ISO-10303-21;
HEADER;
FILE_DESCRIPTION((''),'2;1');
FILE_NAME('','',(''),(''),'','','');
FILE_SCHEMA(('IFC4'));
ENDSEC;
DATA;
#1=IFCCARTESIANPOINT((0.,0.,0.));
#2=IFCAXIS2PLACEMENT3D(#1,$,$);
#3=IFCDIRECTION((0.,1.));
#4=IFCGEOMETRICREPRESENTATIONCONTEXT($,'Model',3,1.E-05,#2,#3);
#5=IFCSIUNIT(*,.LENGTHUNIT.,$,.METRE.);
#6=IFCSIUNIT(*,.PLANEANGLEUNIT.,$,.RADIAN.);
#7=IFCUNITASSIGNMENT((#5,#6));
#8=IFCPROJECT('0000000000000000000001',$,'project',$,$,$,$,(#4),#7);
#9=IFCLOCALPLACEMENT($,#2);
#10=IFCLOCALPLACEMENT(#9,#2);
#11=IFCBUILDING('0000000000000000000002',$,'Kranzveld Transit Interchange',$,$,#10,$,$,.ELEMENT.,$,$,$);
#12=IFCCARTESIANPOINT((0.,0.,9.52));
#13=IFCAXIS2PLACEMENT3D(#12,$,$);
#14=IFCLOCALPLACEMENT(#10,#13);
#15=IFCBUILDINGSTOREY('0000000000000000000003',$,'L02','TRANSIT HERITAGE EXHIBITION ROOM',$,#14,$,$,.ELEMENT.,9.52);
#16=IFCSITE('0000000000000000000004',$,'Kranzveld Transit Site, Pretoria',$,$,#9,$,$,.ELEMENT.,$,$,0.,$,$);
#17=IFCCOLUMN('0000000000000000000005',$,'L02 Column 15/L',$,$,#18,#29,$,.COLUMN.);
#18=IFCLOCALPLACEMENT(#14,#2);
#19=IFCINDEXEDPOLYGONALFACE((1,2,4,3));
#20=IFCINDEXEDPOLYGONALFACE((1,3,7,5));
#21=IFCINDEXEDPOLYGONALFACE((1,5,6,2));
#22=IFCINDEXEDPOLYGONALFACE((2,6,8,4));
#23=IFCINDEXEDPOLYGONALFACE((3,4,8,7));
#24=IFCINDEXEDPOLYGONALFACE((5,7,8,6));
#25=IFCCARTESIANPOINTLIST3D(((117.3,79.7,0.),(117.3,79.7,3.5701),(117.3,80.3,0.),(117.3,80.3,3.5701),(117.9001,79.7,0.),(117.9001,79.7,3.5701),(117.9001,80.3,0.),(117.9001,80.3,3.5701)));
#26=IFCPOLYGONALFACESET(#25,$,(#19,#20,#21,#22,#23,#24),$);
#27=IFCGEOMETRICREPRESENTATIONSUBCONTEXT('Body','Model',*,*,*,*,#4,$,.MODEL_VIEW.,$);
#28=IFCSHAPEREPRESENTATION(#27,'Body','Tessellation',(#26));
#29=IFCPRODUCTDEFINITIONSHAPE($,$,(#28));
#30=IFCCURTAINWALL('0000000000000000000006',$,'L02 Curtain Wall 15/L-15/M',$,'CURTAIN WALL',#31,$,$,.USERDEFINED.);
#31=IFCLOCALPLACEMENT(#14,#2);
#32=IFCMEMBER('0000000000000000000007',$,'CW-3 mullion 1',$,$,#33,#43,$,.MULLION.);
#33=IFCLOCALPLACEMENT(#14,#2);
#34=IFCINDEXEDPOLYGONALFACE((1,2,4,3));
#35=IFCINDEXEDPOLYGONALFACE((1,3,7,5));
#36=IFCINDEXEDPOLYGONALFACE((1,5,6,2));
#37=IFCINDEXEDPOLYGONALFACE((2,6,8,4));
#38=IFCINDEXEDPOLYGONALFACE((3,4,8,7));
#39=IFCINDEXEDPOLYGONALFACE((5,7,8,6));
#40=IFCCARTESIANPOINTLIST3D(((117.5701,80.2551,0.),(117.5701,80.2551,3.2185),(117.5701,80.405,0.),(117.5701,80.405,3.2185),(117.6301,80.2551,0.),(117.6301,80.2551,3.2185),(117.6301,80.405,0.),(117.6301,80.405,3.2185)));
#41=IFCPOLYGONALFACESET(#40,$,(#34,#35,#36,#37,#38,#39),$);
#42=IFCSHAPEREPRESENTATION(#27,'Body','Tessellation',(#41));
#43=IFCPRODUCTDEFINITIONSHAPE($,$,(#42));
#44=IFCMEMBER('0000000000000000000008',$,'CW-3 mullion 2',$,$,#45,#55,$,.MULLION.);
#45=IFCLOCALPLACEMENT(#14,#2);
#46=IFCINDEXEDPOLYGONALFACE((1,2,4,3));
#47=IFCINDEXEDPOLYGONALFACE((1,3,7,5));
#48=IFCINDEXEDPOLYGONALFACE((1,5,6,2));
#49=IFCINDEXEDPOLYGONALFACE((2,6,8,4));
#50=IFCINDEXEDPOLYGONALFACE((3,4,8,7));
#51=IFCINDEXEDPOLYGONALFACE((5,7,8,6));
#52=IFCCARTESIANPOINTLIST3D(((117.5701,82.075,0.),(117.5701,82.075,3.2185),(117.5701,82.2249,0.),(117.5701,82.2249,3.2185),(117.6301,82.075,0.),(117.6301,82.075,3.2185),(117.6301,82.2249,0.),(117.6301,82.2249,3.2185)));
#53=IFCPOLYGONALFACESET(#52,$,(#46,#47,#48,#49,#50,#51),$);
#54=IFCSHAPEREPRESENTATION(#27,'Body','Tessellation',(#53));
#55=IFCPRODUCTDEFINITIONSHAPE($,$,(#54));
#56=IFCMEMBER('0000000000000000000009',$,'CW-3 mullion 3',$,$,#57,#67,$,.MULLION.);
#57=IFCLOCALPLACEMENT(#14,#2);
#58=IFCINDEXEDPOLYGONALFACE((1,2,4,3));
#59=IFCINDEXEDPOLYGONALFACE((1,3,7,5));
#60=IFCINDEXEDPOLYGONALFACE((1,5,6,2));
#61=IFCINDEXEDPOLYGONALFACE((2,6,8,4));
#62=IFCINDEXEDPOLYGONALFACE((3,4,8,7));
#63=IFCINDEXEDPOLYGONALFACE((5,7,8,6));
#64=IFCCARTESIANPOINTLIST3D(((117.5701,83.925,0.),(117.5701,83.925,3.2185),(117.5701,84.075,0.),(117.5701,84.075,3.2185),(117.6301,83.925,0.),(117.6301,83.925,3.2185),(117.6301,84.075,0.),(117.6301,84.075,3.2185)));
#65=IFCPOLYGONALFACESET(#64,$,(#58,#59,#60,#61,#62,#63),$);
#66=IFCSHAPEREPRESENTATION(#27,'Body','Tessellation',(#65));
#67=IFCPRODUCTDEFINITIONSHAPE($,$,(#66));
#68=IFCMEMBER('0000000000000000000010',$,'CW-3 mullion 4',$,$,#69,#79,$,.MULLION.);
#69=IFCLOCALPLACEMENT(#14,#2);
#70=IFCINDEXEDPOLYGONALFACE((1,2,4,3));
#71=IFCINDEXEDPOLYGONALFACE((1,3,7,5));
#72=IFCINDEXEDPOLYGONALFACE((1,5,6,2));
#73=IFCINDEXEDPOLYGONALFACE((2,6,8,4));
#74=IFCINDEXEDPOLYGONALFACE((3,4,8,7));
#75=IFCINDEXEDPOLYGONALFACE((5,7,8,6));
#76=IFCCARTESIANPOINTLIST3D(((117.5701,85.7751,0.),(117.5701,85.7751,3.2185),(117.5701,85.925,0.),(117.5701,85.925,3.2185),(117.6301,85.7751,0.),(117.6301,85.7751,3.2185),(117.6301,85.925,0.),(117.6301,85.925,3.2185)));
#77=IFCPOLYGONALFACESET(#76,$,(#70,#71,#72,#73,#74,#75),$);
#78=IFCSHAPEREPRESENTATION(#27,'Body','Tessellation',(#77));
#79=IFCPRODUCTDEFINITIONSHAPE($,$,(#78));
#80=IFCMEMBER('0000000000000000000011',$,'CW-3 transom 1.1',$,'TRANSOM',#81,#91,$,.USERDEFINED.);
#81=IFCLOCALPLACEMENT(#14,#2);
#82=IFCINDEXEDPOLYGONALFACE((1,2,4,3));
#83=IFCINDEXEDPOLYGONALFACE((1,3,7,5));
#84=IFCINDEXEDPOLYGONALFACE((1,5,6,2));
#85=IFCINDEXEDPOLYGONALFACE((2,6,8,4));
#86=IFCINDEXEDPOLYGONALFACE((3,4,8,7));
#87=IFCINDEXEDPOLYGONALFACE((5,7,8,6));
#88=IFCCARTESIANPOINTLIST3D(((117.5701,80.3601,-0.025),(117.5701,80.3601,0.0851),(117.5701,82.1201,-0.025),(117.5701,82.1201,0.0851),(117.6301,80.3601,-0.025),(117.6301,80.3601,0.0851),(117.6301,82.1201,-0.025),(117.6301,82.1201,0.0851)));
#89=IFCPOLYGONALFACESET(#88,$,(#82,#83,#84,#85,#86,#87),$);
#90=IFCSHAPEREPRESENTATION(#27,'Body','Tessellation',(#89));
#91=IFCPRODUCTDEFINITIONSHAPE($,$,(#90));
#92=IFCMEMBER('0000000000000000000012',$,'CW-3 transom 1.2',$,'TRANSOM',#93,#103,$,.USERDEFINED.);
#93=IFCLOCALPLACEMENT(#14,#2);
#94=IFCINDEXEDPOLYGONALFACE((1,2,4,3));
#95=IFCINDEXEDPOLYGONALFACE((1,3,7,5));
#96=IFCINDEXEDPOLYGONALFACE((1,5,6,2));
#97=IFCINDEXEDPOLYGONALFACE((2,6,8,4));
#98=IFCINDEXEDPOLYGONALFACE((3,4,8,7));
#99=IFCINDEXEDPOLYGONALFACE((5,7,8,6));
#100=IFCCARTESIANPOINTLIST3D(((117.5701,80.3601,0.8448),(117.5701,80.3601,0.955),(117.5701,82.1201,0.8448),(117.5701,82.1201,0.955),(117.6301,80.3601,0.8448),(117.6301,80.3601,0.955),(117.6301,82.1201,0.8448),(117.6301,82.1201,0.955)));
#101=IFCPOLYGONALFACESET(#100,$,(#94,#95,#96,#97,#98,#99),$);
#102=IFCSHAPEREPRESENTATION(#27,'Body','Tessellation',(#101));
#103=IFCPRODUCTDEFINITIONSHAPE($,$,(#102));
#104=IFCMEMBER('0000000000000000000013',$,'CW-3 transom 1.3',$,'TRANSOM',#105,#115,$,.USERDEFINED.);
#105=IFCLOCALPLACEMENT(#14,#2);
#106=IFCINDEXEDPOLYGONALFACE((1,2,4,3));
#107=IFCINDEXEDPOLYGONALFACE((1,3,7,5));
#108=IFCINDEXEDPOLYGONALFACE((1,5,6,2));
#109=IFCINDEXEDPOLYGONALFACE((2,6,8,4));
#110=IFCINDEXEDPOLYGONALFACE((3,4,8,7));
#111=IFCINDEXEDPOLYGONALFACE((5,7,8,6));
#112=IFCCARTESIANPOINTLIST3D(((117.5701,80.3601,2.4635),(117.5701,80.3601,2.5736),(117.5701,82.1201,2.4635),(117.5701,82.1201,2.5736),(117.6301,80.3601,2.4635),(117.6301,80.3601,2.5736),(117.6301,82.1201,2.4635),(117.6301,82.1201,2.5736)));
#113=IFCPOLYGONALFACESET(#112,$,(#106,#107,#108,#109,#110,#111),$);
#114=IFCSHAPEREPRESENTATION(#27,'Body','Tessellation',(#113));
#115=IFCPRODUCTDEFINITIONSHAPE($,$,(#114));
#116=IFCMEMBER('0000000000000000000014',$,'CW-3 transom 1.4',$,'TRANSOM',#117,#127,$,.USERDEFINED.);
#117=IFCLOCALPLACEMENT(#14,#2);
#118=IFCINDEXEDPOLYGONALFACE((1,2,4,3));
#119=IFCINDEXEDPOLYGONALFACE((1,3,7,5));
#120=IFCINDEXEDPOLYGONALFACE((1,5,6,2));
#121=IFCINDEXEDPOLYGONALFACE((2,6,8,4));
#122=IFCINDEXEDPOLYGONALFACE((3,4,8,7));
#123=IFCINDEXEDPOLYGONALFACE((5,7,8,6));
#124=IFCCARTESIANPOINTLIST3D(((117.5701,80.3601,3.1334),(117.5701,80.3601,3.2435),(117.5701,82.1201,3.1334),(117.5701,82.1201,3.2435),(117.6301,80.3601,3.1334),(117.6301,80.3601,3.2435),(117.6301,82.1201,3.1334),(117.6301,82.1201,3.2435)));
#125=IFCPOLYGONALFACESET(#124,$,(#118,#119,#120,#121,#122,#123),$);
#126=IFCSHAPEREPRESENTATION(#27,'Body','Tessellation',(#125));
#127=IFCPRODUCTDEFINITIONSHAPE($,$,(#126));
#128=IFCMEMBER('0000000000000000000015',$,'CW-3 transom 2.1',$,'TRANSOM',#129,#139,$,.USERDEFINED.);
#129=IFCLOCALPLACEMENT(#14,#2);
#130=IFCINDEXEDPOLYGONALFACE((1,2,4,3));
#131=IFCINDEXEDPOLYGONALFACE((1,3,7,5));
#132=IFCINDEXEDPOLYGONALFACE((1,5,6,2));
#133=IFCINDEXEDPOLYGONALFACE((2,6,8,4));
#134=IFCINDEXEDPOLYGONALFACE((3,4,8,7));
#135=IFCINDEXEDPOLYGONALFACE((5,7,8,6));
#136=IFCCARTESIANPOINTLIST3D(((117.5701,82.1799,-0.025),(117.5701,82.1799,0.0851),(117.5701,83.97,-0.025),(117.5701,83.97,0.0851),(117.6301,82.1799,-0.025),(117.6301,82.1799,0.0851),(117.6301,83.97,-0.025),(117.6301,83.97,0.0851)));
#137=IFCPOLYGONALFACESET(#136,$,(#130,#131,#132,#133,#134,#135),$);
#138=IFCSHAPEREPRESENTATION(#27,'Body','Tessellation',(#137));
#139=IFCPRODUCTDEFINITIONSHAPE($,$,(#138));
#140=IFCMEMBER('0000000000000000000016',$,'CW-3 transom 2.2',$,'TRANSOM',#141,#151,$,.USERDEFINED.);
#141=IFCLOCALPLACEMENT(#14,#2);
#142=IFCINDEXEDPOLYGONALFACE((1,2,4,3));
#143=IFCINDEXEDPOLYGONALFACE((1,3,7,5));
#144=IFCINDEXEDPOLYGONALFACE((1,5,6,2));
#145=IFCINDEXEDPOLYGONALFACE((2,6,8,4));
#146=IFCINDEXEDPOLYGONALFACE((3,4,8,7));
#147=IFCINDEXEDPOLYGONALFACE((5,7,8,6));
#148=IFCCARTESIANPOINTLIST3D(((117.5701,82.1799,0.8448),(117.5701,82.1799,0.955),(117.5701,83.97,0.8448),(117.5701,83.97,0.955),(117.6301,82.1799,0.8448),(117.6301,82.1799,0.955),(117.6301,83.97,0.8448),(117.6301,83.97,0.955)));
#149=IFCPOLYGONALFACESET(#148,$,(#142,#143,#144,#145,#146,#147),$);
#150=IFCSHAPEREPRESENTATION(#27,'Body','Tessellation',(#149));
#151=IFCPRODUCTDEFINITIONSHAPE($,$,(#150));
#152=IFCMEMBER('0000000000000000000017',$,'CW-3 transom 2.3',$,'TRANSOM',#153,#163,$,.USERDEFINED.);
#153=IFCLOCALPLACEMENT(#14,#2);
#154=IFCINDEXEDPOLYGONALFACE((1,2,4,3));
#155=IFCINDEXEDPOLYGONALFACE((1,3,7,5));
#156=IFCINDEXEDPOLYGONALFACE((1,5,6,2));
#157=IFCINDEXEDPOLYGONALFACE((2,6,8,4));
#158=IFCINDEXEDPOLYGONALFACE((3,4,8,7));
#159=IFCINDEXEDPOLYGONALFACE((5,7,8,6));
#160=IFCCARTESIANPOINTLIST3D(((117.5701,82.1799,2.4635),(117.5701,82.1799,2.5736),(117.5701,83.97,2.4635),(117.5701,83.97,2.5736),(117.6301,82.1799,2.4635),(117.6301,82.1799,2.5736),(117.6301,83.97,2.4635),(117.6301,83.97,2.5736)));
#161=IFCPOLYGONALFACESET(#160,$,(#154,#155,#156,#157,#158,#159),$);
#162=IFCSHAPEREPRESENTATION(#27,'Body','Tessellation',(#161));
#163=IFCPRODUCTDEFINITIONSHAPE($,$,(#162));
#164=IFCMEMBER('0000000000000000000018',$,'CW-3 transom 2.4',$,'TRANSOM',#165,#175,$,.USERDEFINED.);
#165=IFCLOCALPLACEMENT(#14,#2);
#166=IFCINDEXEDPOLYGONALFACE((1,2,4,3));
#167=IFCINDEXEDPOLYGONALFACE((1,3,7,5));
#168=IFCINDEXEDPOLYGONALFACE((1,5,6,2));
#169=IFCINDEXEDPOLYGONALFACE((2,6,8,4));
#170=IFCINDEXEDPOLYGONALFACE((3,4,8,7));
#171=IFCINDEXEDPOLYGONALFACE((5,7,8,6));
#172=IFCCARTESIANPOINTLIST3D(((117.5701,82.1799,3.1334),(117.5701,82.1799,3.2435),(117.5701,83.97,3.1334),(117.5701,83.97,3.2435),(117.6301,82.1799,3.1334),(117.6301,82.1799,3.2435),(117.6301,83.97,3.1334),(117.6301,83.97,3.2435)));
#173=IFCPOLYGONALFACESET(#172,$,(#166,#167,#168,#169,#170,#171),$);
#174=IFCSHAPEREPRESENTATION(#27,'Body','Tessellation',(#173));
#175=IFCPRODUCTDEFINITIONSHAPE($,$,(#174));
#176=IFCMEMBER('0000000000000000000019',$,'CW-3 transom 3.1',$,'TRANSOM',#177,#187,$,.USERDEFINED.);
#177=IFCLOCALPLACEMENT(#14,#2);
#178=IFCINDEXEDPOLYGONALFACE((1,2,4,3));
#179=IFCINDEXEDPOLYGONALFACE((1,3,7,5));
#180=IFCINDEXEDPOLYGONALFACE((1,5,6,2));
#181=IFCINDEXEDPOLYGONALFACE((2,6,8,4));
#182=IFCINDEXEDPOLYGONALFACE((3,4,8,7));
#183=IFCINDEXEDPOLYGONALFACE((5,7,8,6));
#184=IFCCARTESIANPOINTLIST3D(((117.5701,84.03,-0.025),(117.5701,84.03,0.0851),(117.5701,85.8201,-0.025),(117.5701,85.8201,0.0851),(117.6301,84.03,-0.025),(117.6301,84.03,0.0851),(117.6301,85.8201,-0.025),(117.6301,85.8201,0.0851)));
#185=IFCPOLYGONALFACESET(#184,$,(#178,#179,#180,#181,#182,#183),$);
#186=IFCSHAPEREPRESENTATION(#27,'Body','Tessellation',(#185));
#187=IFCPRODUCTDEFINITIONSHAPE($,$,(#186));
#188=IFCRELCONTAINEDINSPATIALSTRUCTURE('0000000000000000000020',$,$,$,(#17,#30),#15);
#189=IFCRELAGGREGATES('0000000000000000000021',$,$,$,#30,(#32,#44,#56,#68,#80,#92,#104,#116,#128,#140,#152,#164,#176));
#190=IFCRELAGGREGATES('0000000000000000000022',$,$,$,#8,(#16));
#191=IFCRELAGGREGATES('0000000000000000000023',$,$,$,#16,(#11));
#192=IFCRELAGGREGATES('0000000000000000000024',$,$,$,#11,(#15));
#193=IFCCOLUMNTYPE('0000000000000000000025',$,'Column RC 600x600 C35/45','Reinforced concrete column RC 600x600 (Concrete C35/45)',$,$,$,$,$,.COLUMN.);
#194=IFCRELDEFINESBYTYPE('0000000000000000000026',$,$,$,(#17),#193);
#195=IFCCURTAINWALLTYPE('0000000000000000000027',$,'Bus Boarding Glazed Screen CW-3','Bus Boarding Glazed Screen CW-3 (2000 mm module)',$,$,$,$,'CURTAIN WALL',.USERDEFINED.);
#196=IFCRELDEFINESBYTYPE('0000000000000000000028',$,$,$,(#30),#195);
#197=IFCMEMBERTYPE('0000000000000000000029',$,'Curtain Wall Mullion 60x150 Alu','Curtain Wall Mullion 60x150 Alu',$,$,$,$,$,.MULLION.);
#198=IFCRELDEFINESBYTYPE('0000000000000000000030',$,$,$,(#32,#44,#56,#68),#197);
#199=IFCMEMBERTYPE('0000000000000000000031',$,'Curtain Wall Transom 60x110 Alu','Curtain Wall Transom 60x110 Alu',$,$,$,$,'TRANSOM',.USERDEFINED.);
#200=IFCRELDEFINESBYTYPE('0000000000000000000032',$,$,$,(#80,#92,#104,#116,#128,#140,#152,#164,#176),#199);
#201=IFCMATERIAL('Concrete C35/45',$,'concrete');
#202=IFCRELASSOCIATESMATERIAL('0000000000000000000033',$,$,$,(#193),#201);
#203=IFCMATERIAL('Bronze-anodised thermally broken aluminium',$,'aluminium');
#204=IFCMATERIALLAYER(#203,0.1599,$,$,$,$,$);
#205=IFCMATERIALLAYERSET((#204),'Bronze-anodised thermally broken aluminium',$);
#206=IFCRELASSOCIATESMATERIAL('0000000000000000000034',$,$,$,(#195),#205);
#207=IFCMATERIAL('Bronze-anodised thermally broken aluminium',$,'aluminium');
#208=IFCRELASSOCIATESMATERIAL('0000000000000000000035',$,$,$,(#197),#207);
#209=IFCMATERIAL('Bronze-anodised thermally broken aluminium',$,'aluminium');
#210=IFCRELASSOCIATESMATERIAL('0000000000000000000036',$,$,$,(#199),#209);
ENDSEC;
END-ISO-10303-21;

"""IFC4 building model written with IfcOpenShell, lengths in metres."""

from ifc_helpers import new_model, si_unit, direction, frame, origin, origin_2d, place, context, subcontext, project, spatial, rectangle, extrude, material, layer, layer_set, material_profile, profile_set, type_object, element, aggregate, save


model = new_model("IFC4")

# Units and contexts
model_context = context("Model", 3, precision=1e-05, world=origin(), true_north=direction((0.0, 1.0)))
body_context = subcontext(model_context, "Body", "Model", "MODEL_VIEW")
ifc_project = project(units=[si_unit("LENGTHUNIT", "METRE"), si_unit("PLANEANGLEUNIT", "RADIAN")], contexts=[model_context])

# Site, building, storey
site_placement = place(None, origin())
site = spatial("IfcSite", under=ifc_project, at=site_placement, Name="Kranzveld Transit Site, Pretoria", CompositionType="ELEMENT", RefElevation=0.0)
building_placement = place(site_placement, origin())
building = spatial("IfcBuilding", under=site, at=building_placement, Name="Kranzveld Transit Interchange", CompositionType="ELEMENT")
storey_placement = place(building_placement, frame((0.0, 0.0, 9.52)))
storey = spatial("IfcBuildingStorey", under=building, at=storey_placement, Name="L02", Description="TRANSIT HERITAGE EXHIBITION ROOM", CompositionType="ELEMENT", Elevation=9.52)

# Column
ifc_material_1 = material(Name="Concrete C35/45", Category="concrete")
ifc_material_profile_1 = material_profile(ifc_material_1, rectangle(XDim=0.6001, YDim=0.6001, at=origin_2d()), Name="RC 600x600")
ifc_profile_set_1 = profile_set([ifc_material_profile_1], Name="Concrete C35/45")
column_type = type_object("IfcColumnType", Name="Column RC 600x600 C35/45", Description="Reinforced concrete column RC 600x600 (Concrete C35/45)", PredefinedType="COLUMN", material=ifc_profile_set_1)
column_placement = place(storey_placement, frame((117.6001, 80.0, 0.0), z_axis=(0.0, 0.0, 1.0), x_axis=(1.0, 0.0, 0.0)))
element("IfcColumn", 1, at=column_placement, inside=storey, type_object=column_type, Name="L02 Column 15/L", PredefinedType="COLUMN", context=body_context, shape_type="SweptSolid", body=[
    extrude(rectangle(XDim=0.6001, YDim=0.6001, at=origin_2d()), origin(), (0.0, 0.0, 1.0), 3.5701),
])

# Curtain wall, members
ifc_material_2 = material(Name="Bronze-anodised thermally broken aluminium", Category="aluminium")
ifc_layer_1 = layer(ifc_material_2, 0.1599)
ifc_layer_set_1 = layer_set([ifc_layer_1], Name="Bronze-anodised thermally broken aluminium")
curtain_wall_type = type_object("IfcCurtainWallType", Name="Bus Boarding Glazed Screen CW-3", Description="Bus Boarding Glazed Screen CW-3 (2000 mm module)", ElementType="CURTAIN WALL", PredefinedType="USERDEFINED", material=ifc_layer_set_1)
curtain_wall_placement = place(storey_placement, origin())
curtain_wall = element("IfcCurtainWall", 2, at=curtain_wall_placement, inside=storey, type_object=curtain_wall_type, Name="L02 Curtain Wall 15/L-15/M", ObjectType="CURTAIN WALL", PredefinedType="USERDEFINED")
ifc_material_3 = material(Name="Bronze-anodised thermally broken aluminium", Category="aluminium")
ifc_material_profile_2 = material_profile(ifc_material_3, rectangle(XDim=0.0601, YDim=0.1499, at=origin_2d()), Name="ALU MULLION 60x150")
ifc_profile_set_2 = profile_set([ifc_material_profile_2], Name="Bronze-anodised thermally broken aluminium")
member_type_1 = type_object("IfcMemberType", Name="Curtain Wall Mullion 60x150 Alu", Description="Curtain Wall Mullion 60x150 Alu", PredefinedType="MULLION", material=ifc_profile_set_2)
member_1_placement = place(storey_placement, frame((117.6001, 80.3301, 0.0), z_axis=(0.0, 0.0, 1.0), x_axis=(-1.0, 0.0, 0.0)))
member_1 = element("IfcMember", 3, at=member_1_placement, type_object=member_type_1, Name="CW-3 mullion 1", PredefinedType="MULLION", context=body_context, shape_type="SweptSolid", body=[
    extrude(rectangle(XDim=0.0601, YDim=0.1499, at=origin_2d()), origin(), (0.0, 0.0, 1.0), 3.2185),
])
member_2_placement = place(storey_placement, frame((117.6001, 82.1499, 0.0), z_axis=(0.0, 0.0, 1.0), x_axis=(-1.0, 0.0, 0.0)))
member_2 = element("IfcMember", 4, at=member_2_placement, type_object=member_type_1, Name="CW-3 mullion 2", PredefinedType="MULLION", context=body_context, shape_type="SweptSolid", body=[
    extrude(rectangle(XDim=0.0601, YDim=0.1499, at=origin_2d()), origin(), (0.0, 0.0, 1.0), 3.2185),
])
member_3_placement = place(storey_placement, frame((117.6001, 84.0, 0.0), z_axis=(0.0, 0.0, 1.0), x_axis=(-1.0, 0.0, 0.0)))
member_3 = element("IfcMember", 5, at=member_3_placement, type_object=member_type_1, Name="CW-3 mullion 3", PredefinedType="MULLION", context=body_context, shape_type="SweptSolid", body=[
    extrude(rectangle(XDim=0.0601, YDim=0.1499, at=origin_2d()), origin(), (0.0, 0.0, 1.0), 3.2185),
])
member_4_placement = place(storey_placement, frame((117.6001, 85.8501, 0.0), z_axis=(0.0, 0.0, 1.0), x_axis=(-1.0, 0.0, 0.0)))
member_4 = element("IfcMember", 6, at=member_4_placement, type_object=member_type_1, Name="CW-3 mullion 4", PredefinedType="MULLION", context=body_context, shape_type="SweptSolid", body=[
    extrude(rectangle(XDim=0.0601, YDim=0.1499, at=origin_2d()), origin(), (0.0, 0.0, 1.0), 3.2185),
])
ifc_material_4 = material(Name="Bronze-anodised thermally broken aluminium", Category="aluminium")
ifc_material_profile_3 = material_profile(ifc_material_4, rectangle(XDim=0.0601, YDim=0.1101, at=origin_2d()), Name="ALU TRANSOM 60x110")
ifc_profile_set_3 = profile_set([ifc_material_profile_3], Name="Bronze-anodised thermally broken aluminium")
member_type_2 = type_object("IfcMemberType", Name="Curtain Wall Transom 60x110 Alu", Description="Curtain Wall Transom 60x110 Alu", ElementType="TRANSOM", PredefinedType="USERDEFINED", material=ifc_profile_set_3)
member_5_placement = place(storey_placement, frame((117.6001, 80.3601, 0.03), z_axis=(0.0, 1.0, 0.0), x_axis=(-1.0, 0.0, 0.0)))
member_5 = element("IfcMember", 7, at=member_5_placement, type_object=member_type_2, Name="CW-3 transom 1.1", ObjectType="TRANSOM", PredefinedType="USERDEFINED", context=body_context, shape_type="SweptSolid", body=[
    extrude(rectangle(XDim=0.0601, YDim=0.1101, at=origin_2d()), origin(), (0.0, 0.0, 1.0), 1.76),
])
member_6_placement = place(storey_placement, frame((117.6001, 80.3601, 0.8999), z_axis=(0.0, 1.0, 0.0), x_axis=(-1.0, 0.0, 0.0)))
member_6 = element("IfcMember", 8, at=member_6_placement, type_object=member_type_2, Name="CW-3 transom 1.2", ObjectType="TRANSOM", PredefinedType="USERDEFINED", context=body_context, shape_type="SweptSolid", body=[
    extrude(rectangle(XDim=0.0601, YDim=0.1101, at=origin_2d()), origin(), (0.0, 0.0, 1.0), 1.76),
])
member_7_placement = place(storey_placement, frame((117.6001, 80.3601, 2.5186), z_axis=(0.0, 1.0, 0.0), x_axis=(-1.0, 0.0, 0.0)))
member_7 = element("IfcMember", 9, at=member_7_placement, type_object=member_type_2, Name="CW-3 transom 1.3", ObjectType="TRANSOM", PredefinedType="USERDEFINED", context=body_context, shape_type="SweptSolid", body=[
    extrude(rectangle(XDim=0.0601, YDim=0.1101, at=origin_2d()), origin(), (0.0, 0.0, 1.0), 1.76),
])
member_8_placement = place(storey_placement, frame((117.6001, 80.3601, 3.1885), z_axis=(0.0, 1.0, 0.0), x_axis=(-1.0, 0.0, 0.0)))
member_8 = element("IfcMember", 10, at=member_8_placement, type_object=member_type_2, Name="CW-3 transom 1.4", ObjectType="TRANSOM", PredefinedType="USERDEFINED", context=body_context, shape_type="SweptSolid", body=[
    extrude(rectangle(XDim=0.0601, YDim=0.1101, at=origin_2d()), origin(), (0.0, 0.0, 1.0), 1.76),
])
member_9_placement = place(storey_placement, frame((117.6001, 82.1799, 0.03), z_axis=(0.0, 1.0, 0.0), x_axis=(-1.0, 0.0, 0.0)))
member_9 = element("IfcMember", 11, at=member_9_placement, type_object=member_type_2, Name="CW-3 transom 2.1", ObjectType="TRANSOM", PredefinedType="USERDEFINED", context=body_context, shape_type="SweptSolid", body=[
    extrude(rectangle(XDim=0.0601, YDim=0.1101, at=origin_2d()), origin(), (0.0, 0.0, 1.0), 1.79),
])
member_10_placement = place(storey_placement, frame((117.6001, 82.1799, 0.8999), z_axis=(0.0, 1.0, 0.0), x_axis=(-1.0, 0.0, 0.0)))
member_10 = element("IfcMember", 12, at=member_10_placement, type_object=member_type_2, Name="CW-3 transom 2.2", ObjectType="TRANSOM", PredefinedType="USERDEFINED", context=body_context, shape_type="SweptSolid", body=[
    extrude(rectangle(XDim=0.0601, YDim=0.1101, at=origin_2d()), origin(), (0.0, 0.0, 1.0), 1.79),
])
member_11_placement = place(storey_placement, frame((117.6001, 82.1799, 2.5186), z_axis=(0.0, 1.0, 0.0), x_axis=(-1.0, 0.0, 0.0)))
member_11 = element("IfcMember", 13, at=member_11_placement, type_object=member_type_2, Name="CW-3 transom 2.3", ObjectType="TRANSOM", PredefinedType="USERDEFINED", context=body_context, shape_type="SweptSolid", body=[
    extrude(rectangle(XDim=0.0601, YDim=0.1101, at=origin_2d()), origin(), (0.0, 0.0, 1.0), 1.79),
])
member_12_placement = place(storey_placement, frame((117.6001, 82.1799, 3.1885), z_axis=(0.0, 1.0, 0.0), x_axis=(-1.0, 0.0, 0.0)))
member_12 = element("IfcMember", 14, at=member_12_placement, type_object=member_type_2, Name="CW-3 transom 2.4", ObjectType="TRANSOM", PredefinedType="USERDEFINED", context=body_context, shape_type="SweptSolid", body=[
    extrude(rectangle(XDim=0.0601, YDim=0.1101, at=origin_2d()), origin(), (0.0, 0.0, 1.0), 1.79),
])
member_13_placement = place(storey_placement, frame((117.6001, 84.03, 0.03), z_axis=(0.0, 1.0, 0.0), x_axis=(-1.0, 0.0, 0.0)))
member_13 = element("IfcMember", 15, at=member_13_placement, type_object=member_type_2, Name="CW-3 transom 3.1", ObjectType="TRANSOM", PredefinedType="USERDEFINED", context=body_context, shape_type="SweptSolid", body=[
    extrude(rectangle(XDim=0.0601, YDim=0.1101, at=origin_2d()), origin(), (0.0, 0.0, 1.0), 1.79),
])

aggregate(curtain_wall, [member_1, member_2, member_3, member_4, member_5, member_6, member_7, member_8, member_9, member_10, member_11, member_12, member_13])

save(model, "model.ifc")
